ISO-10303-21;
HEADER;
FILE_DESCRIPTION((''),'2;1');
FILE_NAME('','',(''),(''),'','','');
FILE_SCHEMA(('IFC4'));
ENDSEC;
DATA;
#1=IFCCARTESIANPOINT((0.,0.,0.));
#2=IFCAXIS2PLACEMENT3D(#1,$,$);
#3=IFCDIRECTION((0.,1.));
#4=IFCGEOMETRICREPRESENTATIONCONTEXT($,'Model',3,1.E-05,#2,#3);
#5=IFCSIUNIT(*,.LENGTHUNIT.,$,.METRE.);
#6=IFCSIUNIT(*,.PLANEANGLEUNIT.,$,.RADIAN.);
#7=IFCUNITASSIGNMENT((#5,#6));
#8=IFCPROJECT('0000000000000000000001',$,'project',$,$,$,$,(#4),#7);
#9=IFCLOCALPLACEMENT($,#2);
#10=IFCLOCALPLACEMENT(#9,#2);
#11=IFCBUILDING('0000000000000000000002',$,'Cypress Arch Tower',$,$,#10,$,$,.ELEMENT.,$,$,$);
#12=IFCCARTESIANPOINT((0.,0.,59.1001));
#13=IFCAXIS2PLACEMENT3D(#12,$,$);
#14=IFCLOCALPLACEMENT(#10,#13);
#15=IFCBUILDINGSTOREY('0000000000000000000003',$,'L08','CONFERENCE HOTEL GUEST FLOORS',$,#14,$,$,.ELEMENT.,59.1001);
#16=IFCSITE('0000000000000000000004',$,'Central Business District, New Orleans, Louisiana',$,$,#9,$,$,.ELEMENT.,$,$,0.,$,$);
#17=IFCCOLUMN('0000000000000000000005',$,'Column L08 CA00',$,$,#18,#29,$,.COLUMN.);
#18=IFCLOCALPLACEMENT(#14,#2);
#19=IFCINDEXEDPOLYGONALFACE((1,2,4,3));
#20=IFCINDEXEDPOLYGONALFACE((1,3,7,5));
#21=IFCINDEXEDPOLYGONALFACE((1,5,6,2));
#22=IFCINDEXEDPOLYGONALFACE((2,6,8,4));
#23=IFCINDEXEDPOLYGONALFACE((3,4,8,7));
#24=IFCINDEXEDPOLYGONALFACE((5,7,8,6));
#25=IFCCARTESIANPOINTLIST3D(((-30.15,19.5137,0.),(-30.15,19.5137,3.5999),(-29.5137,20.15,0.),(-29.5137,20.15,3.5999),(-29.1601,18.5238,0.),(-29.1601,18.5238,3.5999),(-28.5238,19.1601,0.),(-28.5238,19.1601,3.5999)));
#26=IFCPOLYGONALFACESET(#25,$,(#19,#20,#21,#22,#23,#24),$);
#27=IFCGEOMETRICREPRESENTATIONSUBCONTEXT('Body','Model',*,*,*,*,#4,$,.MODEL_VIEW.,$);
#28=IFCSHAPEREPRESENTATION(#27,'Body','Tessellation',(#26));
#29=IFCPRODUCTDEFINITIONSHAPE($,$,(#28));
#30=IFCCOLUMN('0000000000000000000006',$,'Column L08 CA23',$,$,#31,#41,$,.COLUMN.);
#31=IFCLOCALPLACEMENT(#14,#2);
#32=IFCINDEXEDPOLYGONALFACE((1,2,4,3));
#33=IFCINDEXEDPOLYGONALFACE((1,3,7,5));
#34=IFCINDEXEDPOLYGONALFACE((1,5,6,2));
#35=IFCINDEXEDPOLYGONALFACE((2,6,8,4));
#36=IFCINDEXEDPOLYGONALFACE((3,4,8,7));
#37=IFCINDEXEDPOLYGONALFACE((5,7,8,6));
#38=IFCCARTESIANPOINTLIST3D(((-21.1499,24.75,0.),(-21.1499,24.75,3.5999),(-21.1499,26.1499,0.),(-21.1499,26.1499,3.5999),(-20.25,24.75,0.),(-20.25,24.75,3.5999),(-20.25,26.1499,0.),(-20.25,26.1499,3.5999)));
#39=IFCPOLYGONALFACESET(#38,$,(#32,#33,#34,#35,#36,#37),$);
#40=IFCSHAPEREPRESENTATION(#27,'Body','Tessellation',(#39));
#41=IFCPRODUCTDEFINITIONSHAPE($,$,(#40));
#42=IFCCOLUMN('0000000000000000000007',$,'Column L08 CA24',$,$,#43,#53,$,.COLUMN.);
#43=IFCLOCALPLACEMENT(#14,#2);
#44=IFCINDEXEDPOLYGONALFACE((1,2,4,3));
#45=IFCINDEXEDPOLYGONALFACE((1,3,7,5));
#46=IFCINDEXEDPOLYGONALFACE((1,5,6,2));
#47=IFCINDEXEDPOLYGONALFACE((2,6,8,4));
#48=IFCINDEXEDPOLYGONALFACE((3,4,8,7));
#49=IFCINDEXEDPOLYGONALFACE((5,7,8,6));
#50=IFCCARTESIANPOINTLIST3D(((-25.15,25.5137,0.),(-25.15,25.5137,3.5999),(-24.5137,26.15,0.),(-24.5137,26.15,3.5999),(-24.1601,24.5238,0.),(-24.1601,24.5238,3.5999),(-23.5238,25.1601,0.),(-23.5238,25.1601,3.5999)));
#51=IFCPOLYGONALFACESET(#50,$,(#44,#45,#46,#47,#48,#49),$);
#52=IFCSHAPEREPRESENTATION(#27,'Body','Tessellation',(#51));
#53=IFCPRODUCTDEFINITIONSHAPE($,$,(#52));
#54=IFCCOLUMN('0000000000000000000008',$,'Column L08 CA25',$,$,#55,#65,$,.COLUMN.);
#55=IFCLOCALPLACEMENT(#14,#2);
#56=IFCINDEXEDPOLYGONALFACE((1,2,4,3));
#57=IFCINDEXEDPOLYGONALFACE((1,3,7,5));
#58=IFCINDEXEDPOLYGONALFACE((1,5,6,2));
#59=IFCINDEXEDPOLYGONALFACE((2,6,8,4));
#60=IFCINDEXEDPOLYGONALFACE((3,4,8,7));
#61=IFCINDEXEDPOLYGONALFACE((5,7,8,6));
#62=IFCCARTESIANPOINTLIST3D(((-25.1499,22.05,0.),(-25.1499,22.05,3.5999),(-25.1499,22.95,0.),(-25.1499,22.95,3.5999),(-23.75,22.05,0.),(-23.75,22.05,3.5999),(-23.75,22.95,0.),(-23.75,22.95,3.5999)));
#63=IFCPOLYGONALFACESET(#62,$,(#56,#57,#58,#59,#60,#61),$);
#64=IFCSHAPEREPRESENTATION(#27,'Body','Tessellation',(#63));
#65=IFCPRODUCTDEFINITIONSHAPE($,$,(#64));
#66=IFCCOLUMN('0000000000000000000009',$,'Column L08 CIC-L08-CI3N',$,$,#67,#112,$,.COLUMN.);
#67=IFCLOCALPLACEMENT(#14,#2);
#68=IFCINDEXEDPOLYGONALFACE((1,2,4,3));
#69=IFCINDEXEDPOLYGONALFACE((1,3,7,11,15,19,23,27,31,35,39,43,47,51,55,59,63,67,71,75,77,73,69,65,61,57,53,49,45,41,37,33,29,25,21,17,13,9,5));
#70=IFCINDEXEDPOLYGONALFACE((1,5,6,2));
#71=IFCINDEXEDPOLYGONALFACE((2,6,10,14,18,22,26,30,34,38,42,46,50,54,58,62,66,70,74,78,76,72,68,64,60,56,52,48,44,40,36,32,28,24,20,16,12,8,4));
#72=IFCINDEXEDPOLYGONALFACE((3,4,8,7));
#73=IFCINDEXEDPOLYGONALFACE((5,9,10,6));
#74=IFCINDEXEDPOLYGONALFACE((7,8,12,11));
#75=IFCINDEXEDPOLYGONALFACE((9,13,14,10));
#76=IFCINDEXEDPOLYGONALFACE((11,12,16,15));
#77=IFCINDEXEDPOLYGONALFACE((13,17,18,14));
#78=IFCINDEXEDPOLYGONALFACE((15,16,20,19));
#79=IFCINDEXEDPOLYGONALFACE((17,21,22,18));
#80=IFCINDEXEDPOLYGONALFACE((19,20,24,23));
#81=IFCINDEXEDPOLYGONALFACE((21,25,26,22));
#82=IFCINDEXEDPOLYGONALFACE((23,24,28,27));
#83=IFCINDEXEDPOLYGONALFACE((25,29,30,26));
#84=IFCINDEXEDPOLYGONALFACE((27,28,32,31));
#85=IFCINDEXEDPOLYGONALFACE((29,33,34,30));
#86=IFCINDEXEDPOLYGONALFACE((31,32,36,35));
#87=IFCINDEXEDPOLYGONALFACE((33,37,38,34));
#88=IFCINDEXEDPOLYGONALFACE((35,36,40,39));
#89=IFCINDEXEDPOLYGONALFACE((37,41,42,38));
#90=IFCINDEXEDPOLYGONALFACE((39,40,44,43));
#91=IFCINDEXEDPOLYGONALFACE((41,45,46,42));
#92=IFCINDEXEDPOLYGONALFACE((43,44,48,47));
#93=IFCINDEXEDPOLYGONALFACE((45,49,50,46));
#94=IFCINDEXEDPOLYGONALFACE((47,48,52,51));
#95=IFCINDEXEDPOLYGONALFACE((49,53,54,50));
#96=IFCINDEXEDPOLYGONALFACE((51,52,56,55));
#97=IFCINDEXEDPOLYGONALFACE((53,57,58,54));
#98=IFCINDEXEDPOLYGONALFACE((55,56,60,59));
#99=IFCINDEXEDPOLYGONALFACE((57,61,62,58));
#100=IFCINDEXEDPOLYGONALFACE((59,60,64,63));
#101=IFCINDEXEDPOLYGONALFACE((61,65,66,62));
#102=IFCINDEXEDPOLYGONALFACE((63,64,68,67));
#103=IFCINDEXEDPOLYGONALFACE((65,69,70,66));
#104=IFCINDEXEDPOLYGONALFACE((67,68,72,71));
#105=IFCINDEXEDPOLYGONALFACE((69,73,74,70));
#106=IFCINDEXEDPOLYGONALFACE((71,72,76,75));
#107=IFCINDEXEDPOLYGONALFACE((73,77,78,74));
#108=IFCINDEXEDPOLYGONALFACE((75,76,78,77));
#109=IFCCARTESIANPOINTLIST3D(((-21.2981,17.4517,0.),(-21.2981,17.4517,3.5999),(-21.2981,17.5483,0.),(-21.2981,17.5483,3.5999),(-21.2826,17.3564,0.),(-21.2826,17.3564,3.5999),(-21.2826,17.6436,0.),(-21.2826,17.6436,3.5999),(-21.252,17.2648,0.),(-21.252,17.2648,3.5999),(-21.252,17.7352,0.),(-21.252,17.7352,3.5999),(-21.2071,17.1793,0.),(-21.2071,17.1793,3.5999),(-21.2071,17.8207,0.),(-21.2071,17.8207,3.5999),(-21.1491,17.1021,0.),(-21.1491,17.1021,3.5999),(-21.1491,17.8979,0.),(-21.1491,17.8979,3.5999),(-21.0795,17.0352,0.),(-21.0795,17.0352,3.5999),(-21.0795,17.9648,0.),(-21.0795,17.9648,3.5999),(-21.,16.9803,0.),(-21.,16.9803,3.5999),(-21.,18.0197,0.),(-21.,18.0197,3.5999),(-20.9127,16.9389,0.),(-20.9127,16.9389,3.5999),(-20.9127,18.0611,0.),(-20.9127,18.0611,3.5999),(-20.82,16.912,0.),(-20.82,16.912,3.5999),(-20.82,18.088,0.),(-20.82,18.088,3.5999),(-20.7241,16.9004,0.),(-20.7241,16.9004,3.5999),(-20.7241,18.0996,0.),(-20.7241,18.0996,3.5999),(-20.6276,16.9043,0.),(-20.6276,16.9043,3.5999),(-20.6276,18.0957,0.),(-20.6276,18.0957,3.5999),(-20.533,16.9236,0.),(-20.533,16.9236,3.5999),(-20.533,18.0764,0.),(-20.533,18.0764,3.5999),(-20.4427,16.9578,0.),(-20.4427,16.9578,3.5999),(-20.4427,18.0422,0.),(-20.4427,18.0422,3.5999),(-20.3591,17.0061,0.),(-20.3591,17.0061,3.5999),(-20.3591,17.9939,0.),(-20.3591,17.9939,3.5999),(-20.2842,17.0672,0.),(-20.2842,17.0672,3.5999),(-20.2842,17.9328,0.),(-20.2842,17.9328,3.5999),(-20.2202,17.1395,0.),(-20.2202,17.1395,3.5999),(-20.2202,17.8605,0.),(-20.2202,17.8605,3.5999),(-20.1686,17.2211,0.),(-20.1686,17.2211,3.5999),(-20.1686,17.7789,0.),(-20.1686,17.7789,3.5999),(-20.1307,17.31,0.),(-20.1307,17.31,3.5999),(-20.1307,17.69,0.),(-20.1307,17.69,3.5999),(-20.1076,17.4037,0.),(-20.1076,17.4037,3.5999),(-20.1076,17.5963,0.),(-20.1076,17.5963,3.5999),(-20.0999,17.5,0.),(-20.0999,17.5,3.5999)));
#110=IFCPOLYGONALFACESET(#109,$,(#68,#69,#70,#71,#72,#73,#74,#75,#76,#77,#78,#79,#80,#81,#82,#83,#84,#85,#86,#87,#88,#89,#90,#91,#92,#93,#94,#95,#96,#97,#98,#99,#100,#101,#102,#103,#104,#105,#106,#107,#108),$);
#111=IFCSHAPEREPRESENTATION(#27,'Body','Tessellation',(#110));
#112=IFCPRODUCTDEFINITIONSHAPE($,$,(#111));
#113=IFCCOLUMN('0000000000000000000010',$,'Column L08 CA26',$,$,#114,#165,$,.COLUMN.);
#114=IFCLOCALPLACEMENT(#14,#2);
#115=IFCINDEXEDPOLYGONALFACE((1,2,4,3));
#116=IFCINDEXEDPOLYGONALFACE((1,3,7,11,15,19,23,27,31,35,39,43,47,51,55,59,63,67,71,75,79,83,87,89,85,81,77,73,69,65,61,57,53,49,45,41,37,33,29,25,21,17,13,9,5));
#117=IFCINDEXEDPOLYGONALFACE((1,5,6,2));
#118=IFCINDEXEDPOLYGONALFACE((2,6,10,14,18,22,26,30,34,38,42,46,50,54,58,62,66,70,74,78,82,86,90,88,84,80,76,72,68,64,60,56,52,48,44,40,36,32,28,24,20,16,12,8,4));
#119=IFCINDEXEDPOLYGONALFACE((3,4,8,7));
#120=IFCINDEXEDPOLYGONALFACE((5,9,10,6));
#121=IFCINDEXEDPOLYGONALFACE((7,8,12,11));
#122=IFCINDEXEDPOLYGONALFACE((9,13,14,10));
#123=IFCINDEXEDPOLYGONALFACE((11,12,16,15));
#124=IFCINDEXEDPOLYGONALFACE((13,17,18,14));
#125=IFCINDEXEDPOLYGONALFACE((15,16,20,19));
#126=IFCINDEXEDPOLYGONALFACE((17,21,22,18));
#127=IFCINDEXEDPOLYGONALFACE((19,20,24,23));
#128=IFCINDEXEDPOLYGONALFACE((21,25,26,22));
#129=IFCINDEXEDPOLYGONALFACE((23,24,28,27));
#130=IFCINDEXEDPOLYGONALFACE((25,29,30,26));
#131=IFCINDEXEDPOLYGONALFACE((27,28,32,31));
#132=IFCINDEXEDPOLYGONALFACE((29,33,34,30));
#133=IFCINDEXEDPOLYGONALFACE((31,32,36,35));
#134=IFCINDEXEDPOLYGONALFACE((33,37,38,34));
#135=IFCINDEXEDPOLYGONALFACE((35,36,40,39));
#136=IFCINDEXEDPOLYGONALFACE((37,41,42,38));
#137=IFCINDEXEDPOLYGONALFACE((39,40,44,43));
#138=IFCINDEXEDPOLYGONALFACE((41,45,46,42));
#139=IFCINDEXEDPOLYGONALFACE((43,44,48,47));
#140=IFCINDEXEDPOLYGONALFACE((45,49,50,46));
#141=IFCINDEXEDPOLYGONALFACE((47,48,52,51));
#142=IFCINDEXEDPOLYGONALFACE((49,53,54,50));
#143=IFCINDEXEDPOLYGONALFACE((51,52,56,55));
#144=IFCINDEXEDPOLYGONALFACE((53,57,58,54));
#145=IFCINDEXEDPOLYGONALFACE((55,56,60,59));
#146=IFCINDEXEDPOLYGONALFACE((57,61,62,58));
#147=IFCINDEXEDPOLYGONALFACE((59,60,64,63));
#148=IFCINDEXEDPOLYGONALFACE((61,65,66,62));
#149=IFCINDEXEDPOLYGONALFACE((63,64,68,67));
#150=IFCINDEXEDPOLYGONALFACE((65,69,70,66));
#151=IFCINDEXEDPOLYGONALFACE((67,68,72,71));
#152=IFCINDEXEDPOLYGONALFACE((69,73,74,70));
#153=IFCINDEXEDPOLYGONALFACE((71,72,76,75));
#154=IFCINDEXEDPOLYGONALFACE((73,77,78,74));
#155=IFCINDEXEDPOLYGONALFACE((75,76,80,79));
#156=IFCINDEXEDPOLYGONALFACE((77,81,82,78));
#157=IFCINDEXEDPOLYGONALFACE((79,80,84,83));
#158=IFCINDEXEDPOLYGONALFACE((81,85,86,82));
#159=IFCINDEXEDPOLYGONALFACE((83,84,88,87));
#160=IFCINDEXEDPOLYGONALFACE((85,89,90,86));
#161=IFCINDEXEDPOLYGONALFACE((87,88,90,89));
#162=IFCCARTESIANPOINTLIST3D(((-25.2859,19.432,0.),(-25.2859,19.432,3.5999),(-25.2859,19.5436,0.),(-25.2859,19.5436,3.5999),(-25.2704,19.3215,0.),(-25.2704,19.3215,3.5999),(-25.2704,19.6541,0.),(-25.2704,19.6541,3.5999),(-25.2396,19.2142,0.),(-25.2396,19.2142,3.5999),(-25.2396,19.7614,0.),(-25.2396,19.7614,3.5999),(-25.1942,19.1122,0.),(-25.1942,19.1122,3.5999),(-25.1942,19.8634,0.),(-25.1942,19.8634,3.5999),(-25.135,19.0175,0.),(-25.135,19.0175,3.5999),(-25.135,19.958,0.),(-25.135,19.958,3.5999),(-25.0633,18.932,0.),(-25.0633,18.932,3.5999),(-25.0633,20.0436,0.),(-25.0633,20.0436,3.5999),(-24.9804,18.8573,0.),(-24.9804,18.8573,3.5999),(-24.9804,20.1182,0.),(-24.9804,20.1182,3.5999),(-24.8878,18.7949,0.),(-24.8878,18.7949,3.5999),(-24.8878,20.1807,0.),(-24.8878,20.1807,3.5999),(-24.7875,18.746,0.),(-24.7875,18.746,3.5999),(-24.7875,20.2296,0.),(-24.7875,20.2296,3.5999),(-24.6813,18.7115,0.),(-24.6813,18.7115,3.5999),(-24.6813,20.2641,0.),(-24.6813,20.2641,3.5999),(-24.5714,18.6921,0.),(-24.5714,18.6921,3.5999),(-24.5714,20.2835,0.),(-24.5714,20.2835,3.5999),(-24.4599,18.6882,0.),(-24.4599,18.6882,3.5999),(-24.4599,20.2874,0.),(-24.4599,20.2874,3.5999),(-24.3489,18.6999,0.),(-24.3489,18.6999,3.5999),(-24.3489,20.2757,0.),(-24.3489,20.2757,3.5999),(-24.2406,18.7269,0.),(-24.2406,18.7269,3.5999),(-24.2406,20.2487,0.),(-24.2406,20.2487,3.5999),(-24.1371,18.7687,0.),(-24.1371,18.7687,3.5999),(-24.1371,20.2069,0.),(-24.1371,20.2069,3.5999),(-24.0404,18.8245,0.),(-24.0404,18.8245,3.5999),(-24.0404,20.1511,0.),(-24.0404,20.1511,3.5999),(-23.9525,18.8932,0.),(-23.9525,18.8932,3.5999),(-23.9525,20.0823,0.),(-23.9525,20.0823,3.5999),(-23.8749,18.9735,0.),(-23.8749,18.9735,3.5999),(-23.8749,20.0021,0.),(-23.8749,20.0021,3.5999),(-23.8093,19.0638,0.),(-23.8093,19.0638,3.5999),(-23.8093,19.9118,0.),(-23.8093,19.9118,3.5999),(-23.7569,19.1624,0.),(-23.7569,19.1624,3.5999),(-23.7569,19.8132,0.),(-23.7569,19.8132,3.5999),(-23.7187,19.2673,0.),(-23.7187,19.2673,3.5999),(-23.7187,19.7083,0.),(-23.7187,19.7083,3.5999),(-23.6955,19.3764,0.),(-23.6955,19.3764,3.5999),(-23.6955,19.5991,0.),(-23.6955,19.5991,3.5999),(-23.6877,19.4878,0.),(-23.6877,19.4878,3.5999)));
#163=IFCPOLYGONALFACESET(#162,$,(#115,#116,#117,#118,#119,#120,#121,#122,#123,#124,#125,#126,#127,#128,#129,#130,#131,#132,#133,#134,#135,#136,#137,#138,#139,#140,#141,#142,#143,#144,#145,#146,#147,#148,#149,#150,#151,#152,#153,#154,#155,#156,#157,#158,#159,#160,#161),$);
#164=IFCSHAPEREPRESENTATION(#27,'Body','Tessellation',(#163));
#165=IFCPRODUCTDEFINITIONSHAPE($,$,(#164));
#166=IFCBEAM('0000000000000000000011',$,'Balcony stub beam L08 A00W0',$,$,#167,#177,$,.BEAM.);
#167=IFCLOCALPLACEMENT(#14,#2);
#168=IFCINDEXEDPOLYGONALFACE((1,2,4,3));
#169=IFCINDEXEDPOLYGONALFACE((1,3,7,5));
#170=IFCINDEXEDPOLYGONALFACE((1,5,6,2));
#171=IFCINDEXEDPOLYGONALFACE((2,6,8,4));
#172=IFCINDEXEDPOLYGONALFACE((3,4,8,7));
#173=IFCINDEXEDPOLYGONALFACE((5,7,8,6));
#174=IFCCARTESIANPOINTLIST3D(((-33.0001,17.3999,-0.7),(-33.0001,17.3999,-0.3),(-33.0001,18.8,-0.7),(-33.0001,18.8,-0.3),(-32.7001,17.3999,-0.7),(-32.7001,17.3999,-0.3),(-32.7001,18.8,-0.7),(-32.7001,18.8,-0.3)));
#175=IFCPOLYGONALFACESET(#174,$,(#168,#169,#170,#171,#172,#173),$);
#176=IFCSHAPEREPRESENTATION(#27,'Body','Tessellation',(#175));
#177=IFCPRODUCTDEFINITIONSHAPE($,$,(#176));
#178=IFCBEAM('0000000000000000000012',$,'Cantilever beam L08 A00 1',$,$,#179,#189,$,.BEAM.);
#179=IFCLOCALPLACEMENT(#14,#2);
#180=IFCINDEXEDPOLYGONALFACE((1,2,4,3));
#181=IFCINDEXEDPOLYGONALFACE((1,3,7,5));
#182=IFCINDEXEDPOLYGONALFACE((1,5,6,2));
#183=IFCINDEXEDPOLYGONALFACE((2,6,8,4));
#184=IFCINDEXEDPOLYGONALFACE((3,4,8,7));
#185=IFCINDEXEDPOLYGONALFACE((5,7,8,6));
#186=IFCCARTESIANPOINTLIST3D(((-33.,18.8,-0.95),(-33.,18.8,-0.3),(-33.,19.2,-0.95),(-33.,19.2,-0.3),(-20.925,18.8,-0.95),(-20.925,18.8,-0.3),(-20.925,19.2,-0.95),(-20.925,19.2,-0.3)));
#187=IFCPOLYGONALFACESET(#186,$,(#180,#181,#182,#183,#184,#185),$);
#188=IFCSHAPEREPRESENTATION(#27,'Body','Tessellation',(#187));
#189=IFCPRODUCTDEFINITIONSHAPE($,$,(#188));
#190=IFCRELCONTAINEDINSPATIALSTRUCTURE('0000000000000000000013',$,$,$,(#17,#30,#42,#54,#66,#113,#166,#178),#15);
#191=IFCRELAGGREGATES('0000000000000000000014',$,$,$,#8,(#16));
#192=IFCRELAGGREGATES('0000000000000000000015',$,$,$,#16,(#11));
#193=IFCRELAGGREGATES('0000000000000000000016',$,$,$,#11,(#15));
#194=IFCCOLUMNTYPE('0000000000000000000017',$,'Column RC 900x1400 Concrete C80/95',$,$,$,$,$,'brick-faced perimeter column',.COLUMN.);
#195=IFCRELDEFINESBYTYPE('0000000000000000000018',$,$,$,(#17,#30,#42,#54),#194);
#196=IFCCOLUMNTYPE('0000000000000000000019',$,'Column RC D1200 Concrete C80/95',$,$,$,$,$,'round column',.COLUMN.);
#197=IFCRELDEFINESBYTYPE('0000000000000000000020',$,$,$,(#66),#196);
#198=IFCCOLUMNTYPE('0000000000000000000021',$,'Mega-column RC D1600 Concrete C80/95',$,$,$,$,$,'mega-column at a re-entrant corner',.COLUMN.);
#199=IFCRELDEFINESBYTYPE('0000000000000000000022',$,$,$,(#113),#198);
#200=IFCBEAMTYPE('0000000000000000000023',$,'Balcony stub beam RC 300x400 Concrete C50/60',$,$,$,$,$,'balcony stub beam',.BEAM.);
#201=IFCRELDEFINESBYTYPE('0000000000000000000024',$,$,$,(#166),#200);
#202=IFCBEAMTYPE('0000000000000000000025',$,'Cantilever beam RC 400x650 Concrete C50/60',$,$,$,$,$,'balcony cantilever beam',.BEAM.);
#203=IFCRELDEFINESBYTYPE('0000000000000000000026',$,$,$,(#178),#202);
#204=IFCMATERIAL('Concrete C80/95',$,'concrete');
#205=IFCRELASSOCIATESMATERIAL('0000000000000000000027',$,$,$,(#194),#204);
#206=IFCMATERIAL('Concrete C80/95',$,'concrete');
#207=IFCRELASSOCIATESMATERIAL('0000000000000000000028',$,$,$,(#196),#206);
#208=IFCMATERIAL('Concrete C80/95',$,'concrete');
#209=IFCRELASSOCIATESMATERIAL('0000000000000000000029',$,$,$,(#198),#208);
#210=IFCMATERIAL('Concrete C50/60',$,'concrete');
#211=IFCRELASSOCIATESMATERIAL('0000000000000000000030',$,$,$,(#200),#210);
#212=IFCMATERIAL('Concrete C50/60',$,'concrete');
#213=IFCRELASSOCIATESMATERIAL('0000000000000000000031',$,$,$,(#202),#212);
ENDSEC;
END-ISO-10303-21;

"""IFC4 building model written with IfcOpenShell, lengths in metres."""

from ifc_helpers import new_model, si_unit, direction, frame, origin, origin_2d, place, context, subcontext, project, spatial, rectangle, circle, extrude, material, material_profile, profile_set, type_object, element, save


model = new_model("IFC4")

# Units and contexts
model_context = context("Model", 3, precision=1e-05, world=origin(), true_north=direction((0.0, 1.0)))
body_context = subcontext(model_context, "Body", "Model", "MODEL_VIEW")
ifc_project = project(units=[si_unit("LENGTHUNIT", "METRE"), si_unit("PLANEANGLEUNIT", "RADIAN")], contexts=[model_context])

# Site, building, storey
site_placement = place(None, origin())
site = spatial("IfcSite", under=ifc_project, at=site_placement, Name="Central Business District, New Orleans, Louisiana", CompositionType="ELEMENT", RefElevation=0.0)
building_placement = place(site_placement, origin())
building = spatial("IfcBuilding", under=site, at=building_placement, Name="Cypress Arch Tower", CompositionType="ELEMENT")
storey_placement = place(building_placement, frame((0.0, 0.0, 59.1001)))
storey = spatial("IfcBuildingStorey", under=building, at=storey_placement, Name="L08", Description="CONFERENCE HOTEL GUEST FLOORS", CompositionType="ELEMENT", Elevation=59.1001)

# Columns
ifc_material_1 = material(Name="Concrete C80/95", Category="concrete")
ifc_material_profile_1 = material_profile(ifc_material_1, rectangle(XDim=0.8999, YDim=1.3999, at=origin_2d()), Name="RC 900x1400")
ifc_profile_set_1 = profile_set([ifc_material_profile_1], Name="Concrete C80/95")
column_type_1 = type_object("IfcColumnType", Name="Column RC 900x1400 Concrete C80/95", ElementType="brick-faced perimeter column", PredefinedType="COLUMN", material=ifc_profile_set_1)
for number, where, z_axis, x_axis, name in (
    (1, (-29.3369, 19.3369, 0.0), (0.0, 0.0, 1.0), (-0.707107, -0.707107, 0.0), "Column L08 CA00"),
    (2, (-20.7, 25.45, 0.0), (0.0, 0.0, 1.0), (-1.0, 0.0, 0.0), "Column L08 CA23"),
    (3, (-24.3369, 25.3369, 0.0), (0.0, 0.0, 1.0), (-0.707107, -0.707107, 0.0), "Column L08 CA24"),
    (4, (-24.45, 22.5, 0.0), (0.0, 0.0, 1.0), (0.0, -1.0, 0.0), "Column L08 CA25"),
):
    element("IfcColumn", number, at=place(storey_placement, frame(where, z_axis=z_axis, x_axis=x_axis)), inside=storey, type_object=column_type_1, Name=name, PredefinedType="COLUMN", context=body_context, shape_type="SweptSolid", body=[
        extrude(rectangle(XDim=0.8999, YDim=1.3999, at=origin_2d()), origin(), (0.0, 0.0, 1.0), 3.5999),
    ])
ifc_material_2 = material(Name="Concrete C80/95", Category="concrete")
ifc_material_profile_2 = material_profile(ifc_material_2, circle(Radius=0.6001, at=origin_2d()), Name="RC D1200")
ifc_profile_set_2 = profile_set([ifc_material_profile_2], Name="Concrete C80/95")
column_type_2 = type_object("IfcColumnType", Name="Column RC D1200 Concrete C80/95", ElementType="round column", PredefinedType="COLUMN", material=ifc_profile_set_2)
column_1_placement = place(storey_placement, frame((-20.7, 17.5, 0.0), z_axis=(0.0, 0.0, 1.0), x_axis=(1.0, 0.0, 0.0)))
element("IfcColumn", 5, at=column_1_placement, inside=storey, type_object=column_type_2, Name="Column L08 CIC-L08-CI3N", PredefinedType="COLUMN", context=body_context, shape_type="SweptSolid", body=[
    extrude(circle(Radius=0.6001, at=origin_2d()), origin(), (0.0, 0.0, 1.0), 3.5999),
])
ifc_material_3 = material(Name="Concrete C80/95", Category="concrete")
ifc_material_profile_3 = material_profile(ifc_material_3, circle(Radius=0.8, at=origin_2d()), Name="RC D1600")
ifc_profile_set_3 = profile_set([ifc_material_profile_3], Name="Concrete C80/95")
column_type_3 = type_object("IfcColumnType", Name="Mega-column RC D1600 Concrete C80/95", ElementType="mega-column at a re-entrant corner", PredefinedType="COLUMN", material=ifc_profile_set_3)
column_2_placement = place(storey_placement, frame((-24.4878, 19.4878, 0.0), z_axis=(0.0, 0.0, 1.0), x_axis=(1.0, 0.0, 0.0)))
element("IfcColumn", 6, at=column_2_placement, inside=storey, type_object=column_type_3, Name="Column L08 CA26", PredefinedType="COLUMN", context=body_context, shape_type="SweptSolid", body=[
    extrude(circle(Radius=0.8, at=origin_2d()), origin(), (0.0, 0.0, 1.0), 3.5999),
])

# Beams
ifc_material_4 = material(Name="Concrete C50/60", Category="concrete")
ifc_material_profile_4 = material_profile(ifc_material_4, rectangle(XDim=0.3, YDim=0.3999, at=origin_2d()), Name="RC 300x400")
ifc_profile_set_4 = profile_set([ifc_material_profile_4], Name="Concrete C50/60")
beam_type_1 = type_object("IfcBeamType", Name="Balcony stub beam RC 300x400 Concrete C50/60", ElementType="balcony stub beam", PredefinedType="BEAM", material=ifc_profile_set_4)
beam_1_placement = place(storey_placement, frame((-32.8501, 18.8, -0.5), z_axis=(0.0, -1.0, 0.0), x_axis=(1.0, 0.0, 0.0)))
element("IfcBeam", 7, at=beam_1_placement, inside=storey, type_object=beam_type_1, Name="Balcony stub beam L08 A00W0", PredefinedType="BEAM", context=body_context, shape_type="SweptSolid", body=[
    extrude(rectangle(XDim=0.3, YDim=0.3999, at=origin_2d()), origin(), (0.0, 0.0, 1.0), 1.4001),
])
ifc_material_5 = material(Name="Concrete C50/60", Category="concrete")
ifc_material_profile_5 = material_profile(ifc_material_5, rectangle(XDim=0.3999, YDim=0.6499, at=origin_2d()), Name="RC 400x650")
ifc_profile_set_5 = profile_set([ifc_material_profile_5], Name="Concrete C50/60")
beam_type_2 = type_object("IfcBeamType", Name="Cantilever beam RC 400x650 Concrete C50/60", ElementType="balcony cantilever beam", PredefinedType="BEAM", material=ifc_profile_set_5)
beam_2_placement = place(storey_placement, frame((-20.925, 19.0, -0.625), z_axis=(-1.0, 0.0, 0.0), x_axis=(0.0, -1.0, 0.0)))
element("IfcBeam", 8, at=beam_2_placement, inside=storey, type_object=beam_type_2, Name="Cantilever beam L08 A00 1", PredefinedType="BEAM", context=body_context, shape_type="SweptSolid", body=[
    extrude(rectangle(XDim=0.3999, YDim=0.6499, at=origin_2d()), origin(), (0.0, 0.0, 1.0), 12.075),
])

save(model, "model.ifc")
